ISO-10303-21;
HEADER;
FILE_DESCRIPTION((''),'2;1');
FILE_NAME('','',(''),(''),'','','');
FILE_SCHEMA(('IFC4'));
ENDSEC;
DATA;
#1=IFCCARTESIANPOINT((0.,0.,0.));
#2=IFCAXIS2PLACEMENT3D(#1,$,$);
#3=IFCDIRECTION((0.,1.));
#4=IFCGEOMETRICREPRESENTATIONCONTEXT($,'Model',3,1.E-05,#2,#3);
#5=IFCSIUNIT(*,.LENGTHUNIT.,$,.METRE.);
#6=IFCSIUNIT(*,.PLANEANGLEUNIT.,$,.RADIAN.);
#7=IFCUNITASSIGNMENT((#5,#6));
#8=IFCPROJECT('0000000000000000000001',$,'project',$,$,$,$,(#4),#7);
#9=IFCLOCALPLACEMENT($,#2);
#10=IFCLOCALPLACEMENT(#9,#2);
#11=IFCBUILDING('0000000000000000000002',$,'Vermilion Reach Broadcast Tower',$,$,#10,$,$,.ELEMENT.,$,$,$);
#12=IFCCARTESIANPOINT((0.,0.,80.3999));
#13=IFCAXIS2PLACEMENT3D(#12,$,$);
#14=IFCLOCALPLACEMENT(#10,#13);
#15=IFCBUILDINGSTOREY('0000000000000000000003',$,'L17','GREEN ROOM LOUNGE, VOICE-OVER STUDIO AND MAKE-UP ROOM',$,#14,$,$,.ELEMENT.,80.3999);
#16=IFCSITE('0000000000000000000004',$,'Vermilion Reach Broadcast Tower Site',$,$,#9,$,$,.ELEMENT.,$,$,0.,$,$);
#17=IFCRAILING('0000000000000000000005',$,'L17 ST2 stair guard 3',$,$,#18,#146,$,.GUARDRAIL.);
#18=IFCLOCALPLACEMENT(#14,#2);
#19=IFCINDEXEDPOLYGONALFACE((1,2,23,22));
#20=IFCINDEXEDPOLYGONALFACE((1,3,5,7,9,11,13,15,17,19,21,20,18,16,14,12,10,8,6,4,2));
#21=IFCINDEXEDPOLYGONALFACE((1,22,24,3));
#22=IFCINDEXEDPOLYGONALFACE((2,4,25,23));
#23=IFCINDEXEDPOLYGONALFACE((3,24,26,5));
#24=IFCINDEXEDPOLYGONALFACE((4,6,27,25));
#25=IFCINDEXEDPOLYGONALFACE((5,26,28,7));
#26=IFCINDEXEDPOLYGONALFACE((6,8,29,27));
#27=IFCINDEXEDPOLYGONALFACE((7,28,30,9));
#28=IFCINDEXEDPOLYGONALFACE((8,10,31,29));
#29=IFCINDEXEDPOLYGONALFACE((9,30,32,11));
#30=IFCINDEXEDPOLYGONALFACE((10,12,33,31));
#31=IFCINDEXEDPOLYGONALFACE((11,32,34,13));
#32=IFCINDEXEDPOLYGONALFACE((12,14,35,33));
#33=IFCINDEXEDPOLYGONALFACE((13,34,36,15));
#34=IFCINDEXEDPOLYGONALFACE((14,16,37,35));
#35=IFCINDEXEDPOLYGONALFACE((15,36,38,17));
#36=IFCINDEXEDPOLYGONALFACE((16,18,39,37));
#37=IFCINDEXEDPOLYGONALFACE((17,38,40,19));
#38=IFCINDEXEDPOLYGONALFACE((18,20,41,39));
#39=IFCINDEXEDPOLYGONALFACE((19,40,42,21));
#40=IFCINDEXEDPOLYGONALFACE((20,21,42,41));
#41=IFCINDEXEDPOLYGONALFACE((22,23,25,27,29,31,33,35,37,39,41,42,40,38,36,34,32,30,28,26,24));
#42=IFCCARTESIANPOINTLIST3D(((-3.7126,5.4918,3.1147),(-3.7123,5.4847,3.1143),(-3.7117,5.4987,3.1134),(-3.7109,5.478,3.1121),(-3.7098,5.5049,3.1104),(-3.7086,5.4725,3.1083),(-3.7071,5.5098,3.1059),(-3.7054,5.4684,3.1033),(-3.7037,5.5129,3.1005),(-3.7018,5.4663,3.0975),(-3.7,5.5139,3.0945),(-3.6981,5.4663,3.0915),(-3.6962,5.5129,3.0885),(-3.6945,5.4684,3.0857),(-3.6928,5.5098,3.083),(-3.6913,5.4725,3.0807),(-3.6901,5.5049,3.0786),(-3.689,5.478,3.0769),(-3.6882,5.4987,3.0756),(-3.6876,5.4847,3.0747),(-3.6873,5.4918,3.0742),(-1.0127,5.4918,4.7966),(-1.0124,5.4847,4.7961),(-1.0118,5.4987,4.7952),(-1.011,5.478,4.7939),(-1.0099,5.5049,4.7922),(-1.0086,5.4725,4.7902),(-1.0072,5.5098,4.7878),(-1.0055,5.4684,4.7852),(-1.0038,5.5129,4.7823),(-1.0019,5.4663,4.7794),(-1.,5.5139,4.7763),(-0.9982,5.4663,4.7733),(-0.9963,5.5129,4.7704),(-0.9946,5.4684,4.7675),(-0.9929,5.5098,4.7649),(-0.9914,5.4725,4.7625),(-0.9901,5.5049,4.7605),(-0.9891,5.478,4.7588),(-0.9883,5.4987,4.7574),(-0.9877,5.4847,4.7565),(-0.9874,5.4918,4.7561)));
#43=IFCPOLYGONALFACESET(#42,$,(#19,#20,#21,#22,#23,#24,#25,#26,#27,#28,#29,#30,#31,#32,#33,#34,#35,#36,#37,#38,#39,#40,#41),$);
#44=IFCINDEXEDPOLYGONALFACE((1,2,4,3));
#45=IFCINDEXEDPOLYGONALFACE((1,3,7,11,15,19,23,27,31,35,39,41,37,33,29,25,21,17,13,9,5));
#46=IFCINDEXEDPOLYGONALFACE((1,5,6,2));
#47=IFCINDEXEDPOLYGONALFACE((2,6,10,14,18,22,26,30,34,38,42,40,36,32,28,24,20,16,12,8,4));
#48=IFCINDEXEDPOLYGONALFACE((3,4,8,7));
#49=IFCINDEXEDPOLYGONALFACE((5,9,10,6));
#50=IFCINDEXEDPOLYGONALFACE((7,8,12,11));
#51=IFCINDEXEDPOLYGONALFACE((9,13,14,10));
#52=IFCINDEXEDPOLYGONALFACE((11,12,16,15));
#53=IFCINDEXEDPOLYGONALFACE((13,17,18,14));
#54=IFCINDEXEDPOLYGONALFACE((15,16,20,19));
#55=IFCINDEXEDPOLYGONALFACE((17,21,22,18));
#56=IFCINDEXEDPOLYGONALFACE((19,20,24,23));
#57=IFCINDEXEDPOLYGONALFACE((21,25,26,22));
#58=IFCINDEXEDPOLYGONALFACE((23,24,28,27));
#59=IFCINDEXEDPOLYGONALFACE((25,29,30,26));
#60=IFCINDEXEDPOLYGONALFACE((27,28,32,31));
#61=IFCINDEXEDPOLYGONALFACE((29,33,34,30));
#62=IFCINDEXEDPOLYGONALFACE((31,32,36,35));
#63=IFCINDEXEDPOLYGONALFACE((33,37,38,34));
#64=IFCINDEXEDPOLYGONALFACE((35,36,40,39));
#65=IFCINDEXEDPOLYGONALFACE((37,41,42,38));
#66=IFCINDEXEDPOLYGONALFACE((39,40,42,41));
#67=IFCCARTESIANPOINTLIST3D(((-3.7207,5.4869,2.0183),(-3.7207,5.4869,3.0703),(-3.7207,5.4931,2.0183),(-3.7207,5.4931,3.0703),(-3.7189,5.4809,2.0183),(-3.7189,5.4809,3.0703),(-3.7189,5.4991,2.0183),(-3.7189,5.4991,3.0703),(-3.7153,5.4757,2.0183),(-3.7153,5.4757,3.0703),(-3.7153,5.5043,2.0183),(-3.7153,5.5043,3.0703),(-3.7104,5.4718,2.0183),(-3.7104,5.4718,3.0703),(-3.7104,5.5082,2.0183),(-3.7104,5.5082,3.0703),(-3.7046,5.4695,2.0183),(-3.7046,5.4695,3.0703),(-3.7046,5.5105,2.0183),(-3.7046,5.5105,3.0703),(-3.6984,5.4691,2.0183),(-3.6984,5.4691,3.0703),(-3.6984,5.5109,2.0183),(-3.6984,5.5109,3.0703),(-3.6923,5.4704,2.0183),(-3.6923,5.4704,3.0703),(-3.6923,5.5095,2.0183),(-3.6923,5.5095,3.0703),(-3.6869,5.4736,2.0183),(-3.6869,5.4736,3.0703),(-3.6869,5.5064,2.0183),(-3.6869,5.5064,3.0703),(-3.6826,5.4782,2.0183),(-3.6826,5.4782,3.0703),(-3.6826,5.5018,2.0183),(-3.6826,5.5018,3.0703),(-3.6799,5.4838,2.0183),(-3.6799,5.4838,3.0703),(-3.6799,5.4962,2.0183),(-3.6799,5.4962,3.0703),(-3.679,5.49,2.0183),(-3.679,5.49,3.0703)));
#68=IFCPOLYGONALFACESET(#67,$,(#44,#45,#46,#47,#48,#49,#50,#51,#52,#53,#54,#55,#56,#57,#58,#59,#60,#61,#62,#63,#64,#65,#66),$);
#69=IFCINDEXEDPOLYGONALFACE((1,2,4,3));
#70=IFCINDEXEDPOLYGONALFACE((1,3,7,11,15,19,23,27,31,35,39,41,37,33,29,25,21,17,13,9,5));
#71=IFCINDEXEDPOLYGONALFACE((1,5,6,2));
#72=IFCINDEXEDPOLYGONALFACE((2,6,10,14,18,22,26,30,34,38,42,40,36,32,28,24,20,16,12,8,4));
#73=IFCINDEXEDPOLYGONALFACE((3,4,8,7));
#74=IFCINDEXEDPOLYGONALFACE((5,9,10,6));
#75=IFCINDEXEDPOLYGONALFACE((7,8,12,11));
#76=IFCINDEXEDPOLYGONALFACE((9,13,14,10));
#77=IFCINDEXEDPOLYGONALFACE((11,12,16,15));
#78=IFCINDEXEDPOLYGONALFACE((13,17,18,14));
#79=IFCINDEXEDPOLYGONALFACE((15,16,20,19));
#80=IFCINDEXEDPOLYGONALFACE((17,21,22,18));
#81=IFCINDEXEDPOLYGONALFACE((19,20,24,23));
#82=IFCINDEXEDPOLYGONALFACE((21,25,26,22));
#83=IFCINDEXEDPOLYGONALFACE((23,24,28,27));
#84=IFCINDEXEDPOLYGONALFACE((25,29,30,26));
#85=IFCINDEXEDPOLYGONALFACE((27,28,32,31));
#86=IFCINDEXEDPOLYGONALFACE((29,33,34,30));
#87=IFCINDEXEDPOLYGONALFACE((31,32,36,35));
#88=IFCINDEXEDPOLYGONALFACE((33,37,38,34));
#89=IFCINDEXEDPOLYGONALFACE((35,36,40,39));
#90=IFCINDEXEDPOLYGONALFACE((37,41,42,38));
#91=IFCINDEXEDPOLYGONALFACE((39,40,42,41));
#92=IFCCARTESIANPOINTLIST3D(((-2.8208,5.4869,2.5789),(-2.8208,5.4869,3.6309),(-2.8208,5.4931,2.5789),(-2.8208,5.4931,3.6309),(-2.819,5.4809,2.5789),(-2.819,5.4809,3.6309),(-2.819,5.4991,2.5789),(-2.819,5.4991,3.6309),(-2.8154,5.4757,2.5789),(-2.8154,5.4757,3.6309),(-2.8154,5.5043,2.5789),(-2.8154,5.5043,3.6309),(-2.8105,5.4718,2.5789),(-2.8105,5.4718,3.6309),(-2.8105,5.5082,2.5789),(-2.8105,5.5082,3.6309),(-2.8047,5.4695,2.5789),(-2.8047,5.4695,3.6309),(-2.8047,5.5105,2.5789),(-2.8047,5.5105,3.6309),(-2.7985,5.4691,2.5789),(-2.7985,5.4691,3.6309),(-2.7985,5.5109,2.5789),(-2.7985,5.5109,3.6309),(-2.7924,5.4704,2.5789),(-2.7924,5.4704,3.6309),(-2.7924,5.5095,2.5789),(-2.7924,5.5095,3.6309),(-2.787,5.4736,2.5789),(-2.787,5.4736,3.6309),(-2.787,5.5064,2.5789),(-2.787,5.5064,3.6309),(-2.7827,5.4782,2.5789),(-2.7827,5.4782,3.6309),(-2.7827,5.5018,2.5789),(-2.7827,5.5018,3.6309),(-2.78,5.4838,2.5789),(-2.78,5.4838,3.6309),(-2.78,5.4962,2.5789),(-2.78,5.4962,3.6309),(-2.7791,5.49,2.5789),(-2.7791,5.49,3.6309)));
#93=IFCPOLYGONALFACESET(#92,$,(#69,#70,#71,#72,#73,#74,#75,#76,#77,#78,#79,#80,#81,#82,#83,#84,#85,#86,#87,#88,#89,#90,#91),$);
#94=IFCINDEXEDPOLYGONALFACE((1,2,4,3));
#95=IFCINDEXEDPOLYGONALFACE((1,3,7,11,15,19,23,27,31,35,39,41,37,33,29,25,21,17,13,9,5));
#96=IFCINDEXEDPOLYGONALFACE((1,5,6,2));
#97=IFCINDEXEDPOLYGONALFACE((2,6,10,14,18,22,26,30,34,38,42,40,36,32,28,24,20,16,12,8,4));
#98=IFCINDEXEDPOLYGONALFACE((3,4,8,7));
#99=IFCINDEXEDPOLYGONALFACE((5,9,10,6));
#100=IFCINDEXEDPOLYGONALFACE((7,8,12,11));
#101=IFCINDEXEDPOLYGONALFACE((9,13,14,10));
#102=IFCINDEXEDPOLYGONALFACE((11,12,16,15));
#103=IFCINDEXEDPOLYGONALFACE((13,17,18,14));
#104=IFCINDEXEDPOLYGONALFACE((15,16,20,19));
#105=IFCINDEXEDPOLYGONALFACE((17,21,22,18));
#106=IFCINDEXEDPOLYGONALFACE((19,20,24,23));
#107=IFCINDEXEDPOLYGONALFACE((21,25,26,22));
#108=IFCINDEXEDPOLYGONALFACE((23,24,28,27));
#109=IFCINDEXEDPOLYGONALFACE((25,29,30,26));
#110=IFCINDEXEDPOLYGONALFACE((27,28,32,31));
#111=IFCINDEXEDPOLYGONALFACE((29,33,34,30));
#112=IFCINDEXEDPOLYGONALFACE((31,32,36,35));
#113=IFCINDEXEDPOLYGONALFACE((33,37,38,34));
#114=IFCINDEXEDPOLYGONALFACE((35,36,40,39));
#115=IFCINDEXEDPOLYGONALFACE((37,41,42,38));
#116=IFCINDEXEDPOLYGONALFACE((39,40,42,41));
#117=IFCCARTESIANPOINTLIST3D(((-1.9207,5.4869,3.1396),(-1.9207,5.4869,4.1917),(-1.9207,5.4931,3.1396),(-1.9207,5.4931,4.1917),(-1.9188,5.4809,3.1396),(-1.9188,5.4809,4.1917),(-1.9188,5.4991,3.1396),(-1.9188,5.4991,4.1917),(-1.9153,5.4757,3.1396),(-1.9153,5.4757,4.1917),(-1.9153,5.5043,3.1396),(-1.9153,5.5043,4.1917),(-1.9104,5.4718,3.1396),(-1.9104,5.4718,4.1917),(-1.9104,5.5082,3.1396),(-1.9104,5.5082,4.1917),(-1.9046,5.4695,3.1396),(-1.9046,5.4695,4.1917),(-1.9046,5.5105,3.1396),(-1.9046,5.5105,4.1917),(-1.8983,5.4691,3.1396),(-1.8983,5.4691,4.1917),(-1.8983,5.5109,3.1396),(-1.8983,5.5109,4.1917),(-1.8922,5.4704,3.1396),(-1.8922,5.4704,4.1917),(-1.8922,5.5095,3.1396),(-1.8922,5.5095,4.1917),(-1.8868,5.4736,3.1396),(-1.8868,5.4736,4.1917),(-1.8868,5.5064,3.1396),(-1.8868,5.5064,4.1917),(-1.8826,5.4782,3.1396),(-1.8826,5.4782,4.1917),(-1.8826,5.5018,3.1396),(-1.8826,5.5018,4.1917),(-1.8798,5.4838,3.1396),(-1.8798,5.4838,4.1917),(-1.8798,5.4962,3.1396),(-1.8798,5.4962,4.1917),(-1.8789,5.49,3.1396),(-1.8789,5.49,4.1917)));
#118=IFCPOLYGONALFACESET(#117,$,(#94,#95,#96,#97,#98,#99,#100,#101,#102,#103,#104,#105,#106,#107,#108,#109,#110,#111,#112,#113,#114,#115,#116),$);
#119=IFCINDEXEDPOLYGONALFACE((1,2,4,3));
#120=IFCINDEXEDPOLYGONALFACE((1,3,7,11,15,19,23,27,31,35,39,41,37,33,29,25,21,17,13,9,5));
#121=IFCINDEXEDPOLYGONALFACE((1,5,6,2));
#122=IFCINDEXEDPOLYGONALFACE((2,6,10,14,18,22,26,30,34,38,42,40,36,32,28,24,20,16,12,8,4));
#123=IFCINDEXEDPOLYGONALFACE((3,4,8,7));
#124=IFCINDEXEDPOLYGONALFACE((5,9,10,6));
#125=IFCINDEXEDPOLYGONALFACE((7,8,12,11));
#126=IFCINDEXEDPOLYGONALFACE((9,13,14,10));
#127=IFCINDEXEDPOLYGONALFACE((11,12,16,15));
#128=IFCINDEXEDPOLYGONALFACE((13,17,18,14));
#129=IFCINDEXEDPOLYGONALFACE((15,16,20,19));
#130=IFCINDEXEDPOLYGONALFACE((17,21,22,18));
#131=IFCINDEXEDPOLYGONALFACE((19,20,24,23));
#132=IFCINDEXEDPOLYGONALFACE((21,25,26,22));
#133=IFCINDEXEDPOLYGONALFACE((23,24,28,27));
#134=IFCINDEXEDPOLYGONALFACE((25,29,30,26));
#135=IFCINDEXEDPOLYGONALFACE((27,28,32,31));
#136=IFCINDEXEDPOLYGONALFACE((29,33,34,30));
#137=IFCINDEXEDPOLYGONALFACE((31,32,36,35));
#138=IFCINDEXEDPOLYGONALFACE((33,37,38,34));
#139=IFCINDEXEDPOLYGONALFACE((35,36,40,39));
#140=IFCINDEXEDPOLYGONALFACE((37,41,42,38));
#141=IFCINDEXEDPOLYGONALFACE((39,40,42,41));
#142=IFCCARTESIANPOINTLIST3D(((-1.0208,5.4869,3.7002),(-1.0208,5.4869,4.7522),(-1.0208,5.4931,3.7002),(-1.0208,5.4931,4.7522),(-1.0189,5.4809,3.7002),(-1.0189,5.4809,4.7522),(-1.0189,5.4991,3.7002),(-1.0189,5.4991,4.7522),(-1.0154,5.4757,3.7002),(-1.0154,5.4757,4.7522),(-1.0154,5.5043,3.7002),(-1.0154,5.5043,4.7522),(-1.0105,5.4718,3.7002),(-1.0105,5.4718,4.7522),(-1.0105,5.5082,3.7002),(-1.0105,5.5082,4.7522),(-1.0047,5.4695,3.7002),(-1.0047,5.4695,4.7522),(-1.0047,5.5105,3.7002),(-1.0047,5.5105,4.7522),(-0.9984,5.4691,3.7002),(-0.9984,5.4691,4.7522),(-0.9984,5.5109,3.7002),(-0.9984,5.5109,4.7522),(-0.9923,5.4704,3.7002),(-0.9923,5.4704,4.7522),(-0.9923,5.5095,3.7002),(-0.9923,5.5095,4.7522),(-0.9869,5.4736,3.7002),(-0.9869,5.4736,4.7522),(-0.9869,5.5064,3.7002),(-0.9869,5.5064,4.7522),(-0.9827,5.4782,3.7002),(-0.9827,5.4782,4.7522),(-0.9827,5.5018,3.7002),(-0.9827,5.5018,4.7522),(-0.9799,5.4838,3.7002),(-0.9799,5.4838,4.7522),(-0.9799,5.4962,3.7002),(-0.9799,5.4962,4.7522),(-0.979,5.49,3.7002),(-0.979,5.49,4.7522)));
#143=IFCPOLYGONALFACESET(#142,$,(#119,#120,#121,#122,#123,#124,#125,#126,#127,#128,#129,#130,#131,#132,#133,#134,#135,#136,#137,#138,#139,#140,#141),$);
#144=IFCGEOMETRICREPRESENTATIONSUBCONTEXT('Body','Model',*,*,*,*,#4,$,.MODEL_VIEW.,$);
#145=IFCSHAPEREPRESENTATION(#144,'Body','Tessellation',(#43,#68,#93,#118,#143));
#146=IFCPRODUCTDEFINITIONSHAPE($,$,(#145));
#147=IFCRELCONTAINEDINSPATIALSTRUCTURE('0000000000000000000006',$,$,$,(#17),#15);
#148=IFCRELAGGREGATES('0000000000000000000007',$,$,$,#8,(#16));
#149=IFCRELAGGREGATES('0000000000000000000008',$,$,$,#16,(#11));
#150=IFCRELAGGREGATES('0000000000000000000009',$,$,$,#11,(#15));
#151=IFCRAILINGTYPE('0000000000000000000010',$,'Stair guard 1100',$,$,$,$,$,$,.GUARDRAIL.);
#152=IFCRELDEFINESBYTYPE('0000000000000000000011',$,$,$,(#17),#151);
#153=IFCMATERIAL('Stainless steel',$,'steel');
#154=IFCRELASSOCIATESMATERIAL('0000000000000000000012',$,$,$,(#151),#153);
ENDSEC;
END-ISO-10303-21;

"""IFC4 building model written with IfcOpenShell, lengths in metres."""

from ifc_helpers import new_model, si_unit, direction, frame, origin, origin_2d, place, context, subcontext, project, spatial, circle, extrude, material, type_object, element, save


model = new_model("IFC4")

# Units and contexts
model_context = context("Model", 3, precision=1e-05, world=origin(), true_north=direction((0.0, 1.0)))
body_context = subcontext(model_context, "Body", "Model", "MODEL_VIEW")
ifc_project = project(units=[si_unit("LENGTHUNIT", "METRE"), si_unit("PLANEANGLEUNIT", "RADIAN")], contexts=[model_context])

# Site, building, storey
site_placement = place(None, origin())
site = spatial("IfcSite", under=ifc_project, at=site_placement, Name="Vermilion Reach Broadcast Tower Site", CompositionType="ELEMENT", RefElevation=0.0)
building_placement = place(site_placement, origin())
building = spatial("IfcBuilding", under=site, at=building_placement, Name="Vermilion Reach Broadcast Tower", CompositionType="ELEMENT")
storey_placement = place(building_placement, frame((0.0, 0.0, 80.3999)))
storey = spatial("IfcBuildingStorey", under=building, at=storey_placement, Name="L17", Description="GREEN ROOM LOUNGE, VOICE-OVER STUDIO AND MAKE-UP ROOM", CompositionType="ELEMENT", Elevation=80.3999)

# Railing
ifc_material_1 = material(Name="Stainless steel", Category="steel")
railing_type_1 = type_object("IfcRailingType", Name="Stair guard 1100", PredefinedType="GUARDRAIL", material=ifc_material_1)
railing_1_placement = place(storey_placement, frame((-3.7, 5.49, 2.0183)))
element("IfcRailing", 1, at=railing_1_placement, inside=storey, type_object=railing_type_1, Name="L17 ST2 stair guard 3", PredefinedType="GUARDRAIL", context=body_context, shape_type="SweptSolid", body=[
    extrude(circle(Radius=0.0239, at=origin_2d()), frame((0.0, 0.0, 1.0762), z_axis=(0.848786, 0.0, 0.528736), x_axis=(0.0, 1.0, 0.0)), (0.0, 0.0, 1.0), 3.1809),
    extrude(circle(Radius=0.021, at=origin_2d()), origin(), (0.0, 0.0, 1.0), 1.052),
    extrude(circle(Radius=0.021, at=origin_2d()), frame((0.8999, 0.0, 0.5605)), (0.0, 0.0, 1.0), 1.052),
    extrude(circle(Radius=0.021, at=origin_2d()), frame((1.8, 0.0, 1.1213)), (0.0, 0.0, 1.0), 1.052),
    extrude(circle(Radius=0.021, at=origin_2d()), frame((2.7, 0.0, 1.6819)), (0.0, 0.0, 1.0), 1.052),
])

save(model, "model.ifc")
